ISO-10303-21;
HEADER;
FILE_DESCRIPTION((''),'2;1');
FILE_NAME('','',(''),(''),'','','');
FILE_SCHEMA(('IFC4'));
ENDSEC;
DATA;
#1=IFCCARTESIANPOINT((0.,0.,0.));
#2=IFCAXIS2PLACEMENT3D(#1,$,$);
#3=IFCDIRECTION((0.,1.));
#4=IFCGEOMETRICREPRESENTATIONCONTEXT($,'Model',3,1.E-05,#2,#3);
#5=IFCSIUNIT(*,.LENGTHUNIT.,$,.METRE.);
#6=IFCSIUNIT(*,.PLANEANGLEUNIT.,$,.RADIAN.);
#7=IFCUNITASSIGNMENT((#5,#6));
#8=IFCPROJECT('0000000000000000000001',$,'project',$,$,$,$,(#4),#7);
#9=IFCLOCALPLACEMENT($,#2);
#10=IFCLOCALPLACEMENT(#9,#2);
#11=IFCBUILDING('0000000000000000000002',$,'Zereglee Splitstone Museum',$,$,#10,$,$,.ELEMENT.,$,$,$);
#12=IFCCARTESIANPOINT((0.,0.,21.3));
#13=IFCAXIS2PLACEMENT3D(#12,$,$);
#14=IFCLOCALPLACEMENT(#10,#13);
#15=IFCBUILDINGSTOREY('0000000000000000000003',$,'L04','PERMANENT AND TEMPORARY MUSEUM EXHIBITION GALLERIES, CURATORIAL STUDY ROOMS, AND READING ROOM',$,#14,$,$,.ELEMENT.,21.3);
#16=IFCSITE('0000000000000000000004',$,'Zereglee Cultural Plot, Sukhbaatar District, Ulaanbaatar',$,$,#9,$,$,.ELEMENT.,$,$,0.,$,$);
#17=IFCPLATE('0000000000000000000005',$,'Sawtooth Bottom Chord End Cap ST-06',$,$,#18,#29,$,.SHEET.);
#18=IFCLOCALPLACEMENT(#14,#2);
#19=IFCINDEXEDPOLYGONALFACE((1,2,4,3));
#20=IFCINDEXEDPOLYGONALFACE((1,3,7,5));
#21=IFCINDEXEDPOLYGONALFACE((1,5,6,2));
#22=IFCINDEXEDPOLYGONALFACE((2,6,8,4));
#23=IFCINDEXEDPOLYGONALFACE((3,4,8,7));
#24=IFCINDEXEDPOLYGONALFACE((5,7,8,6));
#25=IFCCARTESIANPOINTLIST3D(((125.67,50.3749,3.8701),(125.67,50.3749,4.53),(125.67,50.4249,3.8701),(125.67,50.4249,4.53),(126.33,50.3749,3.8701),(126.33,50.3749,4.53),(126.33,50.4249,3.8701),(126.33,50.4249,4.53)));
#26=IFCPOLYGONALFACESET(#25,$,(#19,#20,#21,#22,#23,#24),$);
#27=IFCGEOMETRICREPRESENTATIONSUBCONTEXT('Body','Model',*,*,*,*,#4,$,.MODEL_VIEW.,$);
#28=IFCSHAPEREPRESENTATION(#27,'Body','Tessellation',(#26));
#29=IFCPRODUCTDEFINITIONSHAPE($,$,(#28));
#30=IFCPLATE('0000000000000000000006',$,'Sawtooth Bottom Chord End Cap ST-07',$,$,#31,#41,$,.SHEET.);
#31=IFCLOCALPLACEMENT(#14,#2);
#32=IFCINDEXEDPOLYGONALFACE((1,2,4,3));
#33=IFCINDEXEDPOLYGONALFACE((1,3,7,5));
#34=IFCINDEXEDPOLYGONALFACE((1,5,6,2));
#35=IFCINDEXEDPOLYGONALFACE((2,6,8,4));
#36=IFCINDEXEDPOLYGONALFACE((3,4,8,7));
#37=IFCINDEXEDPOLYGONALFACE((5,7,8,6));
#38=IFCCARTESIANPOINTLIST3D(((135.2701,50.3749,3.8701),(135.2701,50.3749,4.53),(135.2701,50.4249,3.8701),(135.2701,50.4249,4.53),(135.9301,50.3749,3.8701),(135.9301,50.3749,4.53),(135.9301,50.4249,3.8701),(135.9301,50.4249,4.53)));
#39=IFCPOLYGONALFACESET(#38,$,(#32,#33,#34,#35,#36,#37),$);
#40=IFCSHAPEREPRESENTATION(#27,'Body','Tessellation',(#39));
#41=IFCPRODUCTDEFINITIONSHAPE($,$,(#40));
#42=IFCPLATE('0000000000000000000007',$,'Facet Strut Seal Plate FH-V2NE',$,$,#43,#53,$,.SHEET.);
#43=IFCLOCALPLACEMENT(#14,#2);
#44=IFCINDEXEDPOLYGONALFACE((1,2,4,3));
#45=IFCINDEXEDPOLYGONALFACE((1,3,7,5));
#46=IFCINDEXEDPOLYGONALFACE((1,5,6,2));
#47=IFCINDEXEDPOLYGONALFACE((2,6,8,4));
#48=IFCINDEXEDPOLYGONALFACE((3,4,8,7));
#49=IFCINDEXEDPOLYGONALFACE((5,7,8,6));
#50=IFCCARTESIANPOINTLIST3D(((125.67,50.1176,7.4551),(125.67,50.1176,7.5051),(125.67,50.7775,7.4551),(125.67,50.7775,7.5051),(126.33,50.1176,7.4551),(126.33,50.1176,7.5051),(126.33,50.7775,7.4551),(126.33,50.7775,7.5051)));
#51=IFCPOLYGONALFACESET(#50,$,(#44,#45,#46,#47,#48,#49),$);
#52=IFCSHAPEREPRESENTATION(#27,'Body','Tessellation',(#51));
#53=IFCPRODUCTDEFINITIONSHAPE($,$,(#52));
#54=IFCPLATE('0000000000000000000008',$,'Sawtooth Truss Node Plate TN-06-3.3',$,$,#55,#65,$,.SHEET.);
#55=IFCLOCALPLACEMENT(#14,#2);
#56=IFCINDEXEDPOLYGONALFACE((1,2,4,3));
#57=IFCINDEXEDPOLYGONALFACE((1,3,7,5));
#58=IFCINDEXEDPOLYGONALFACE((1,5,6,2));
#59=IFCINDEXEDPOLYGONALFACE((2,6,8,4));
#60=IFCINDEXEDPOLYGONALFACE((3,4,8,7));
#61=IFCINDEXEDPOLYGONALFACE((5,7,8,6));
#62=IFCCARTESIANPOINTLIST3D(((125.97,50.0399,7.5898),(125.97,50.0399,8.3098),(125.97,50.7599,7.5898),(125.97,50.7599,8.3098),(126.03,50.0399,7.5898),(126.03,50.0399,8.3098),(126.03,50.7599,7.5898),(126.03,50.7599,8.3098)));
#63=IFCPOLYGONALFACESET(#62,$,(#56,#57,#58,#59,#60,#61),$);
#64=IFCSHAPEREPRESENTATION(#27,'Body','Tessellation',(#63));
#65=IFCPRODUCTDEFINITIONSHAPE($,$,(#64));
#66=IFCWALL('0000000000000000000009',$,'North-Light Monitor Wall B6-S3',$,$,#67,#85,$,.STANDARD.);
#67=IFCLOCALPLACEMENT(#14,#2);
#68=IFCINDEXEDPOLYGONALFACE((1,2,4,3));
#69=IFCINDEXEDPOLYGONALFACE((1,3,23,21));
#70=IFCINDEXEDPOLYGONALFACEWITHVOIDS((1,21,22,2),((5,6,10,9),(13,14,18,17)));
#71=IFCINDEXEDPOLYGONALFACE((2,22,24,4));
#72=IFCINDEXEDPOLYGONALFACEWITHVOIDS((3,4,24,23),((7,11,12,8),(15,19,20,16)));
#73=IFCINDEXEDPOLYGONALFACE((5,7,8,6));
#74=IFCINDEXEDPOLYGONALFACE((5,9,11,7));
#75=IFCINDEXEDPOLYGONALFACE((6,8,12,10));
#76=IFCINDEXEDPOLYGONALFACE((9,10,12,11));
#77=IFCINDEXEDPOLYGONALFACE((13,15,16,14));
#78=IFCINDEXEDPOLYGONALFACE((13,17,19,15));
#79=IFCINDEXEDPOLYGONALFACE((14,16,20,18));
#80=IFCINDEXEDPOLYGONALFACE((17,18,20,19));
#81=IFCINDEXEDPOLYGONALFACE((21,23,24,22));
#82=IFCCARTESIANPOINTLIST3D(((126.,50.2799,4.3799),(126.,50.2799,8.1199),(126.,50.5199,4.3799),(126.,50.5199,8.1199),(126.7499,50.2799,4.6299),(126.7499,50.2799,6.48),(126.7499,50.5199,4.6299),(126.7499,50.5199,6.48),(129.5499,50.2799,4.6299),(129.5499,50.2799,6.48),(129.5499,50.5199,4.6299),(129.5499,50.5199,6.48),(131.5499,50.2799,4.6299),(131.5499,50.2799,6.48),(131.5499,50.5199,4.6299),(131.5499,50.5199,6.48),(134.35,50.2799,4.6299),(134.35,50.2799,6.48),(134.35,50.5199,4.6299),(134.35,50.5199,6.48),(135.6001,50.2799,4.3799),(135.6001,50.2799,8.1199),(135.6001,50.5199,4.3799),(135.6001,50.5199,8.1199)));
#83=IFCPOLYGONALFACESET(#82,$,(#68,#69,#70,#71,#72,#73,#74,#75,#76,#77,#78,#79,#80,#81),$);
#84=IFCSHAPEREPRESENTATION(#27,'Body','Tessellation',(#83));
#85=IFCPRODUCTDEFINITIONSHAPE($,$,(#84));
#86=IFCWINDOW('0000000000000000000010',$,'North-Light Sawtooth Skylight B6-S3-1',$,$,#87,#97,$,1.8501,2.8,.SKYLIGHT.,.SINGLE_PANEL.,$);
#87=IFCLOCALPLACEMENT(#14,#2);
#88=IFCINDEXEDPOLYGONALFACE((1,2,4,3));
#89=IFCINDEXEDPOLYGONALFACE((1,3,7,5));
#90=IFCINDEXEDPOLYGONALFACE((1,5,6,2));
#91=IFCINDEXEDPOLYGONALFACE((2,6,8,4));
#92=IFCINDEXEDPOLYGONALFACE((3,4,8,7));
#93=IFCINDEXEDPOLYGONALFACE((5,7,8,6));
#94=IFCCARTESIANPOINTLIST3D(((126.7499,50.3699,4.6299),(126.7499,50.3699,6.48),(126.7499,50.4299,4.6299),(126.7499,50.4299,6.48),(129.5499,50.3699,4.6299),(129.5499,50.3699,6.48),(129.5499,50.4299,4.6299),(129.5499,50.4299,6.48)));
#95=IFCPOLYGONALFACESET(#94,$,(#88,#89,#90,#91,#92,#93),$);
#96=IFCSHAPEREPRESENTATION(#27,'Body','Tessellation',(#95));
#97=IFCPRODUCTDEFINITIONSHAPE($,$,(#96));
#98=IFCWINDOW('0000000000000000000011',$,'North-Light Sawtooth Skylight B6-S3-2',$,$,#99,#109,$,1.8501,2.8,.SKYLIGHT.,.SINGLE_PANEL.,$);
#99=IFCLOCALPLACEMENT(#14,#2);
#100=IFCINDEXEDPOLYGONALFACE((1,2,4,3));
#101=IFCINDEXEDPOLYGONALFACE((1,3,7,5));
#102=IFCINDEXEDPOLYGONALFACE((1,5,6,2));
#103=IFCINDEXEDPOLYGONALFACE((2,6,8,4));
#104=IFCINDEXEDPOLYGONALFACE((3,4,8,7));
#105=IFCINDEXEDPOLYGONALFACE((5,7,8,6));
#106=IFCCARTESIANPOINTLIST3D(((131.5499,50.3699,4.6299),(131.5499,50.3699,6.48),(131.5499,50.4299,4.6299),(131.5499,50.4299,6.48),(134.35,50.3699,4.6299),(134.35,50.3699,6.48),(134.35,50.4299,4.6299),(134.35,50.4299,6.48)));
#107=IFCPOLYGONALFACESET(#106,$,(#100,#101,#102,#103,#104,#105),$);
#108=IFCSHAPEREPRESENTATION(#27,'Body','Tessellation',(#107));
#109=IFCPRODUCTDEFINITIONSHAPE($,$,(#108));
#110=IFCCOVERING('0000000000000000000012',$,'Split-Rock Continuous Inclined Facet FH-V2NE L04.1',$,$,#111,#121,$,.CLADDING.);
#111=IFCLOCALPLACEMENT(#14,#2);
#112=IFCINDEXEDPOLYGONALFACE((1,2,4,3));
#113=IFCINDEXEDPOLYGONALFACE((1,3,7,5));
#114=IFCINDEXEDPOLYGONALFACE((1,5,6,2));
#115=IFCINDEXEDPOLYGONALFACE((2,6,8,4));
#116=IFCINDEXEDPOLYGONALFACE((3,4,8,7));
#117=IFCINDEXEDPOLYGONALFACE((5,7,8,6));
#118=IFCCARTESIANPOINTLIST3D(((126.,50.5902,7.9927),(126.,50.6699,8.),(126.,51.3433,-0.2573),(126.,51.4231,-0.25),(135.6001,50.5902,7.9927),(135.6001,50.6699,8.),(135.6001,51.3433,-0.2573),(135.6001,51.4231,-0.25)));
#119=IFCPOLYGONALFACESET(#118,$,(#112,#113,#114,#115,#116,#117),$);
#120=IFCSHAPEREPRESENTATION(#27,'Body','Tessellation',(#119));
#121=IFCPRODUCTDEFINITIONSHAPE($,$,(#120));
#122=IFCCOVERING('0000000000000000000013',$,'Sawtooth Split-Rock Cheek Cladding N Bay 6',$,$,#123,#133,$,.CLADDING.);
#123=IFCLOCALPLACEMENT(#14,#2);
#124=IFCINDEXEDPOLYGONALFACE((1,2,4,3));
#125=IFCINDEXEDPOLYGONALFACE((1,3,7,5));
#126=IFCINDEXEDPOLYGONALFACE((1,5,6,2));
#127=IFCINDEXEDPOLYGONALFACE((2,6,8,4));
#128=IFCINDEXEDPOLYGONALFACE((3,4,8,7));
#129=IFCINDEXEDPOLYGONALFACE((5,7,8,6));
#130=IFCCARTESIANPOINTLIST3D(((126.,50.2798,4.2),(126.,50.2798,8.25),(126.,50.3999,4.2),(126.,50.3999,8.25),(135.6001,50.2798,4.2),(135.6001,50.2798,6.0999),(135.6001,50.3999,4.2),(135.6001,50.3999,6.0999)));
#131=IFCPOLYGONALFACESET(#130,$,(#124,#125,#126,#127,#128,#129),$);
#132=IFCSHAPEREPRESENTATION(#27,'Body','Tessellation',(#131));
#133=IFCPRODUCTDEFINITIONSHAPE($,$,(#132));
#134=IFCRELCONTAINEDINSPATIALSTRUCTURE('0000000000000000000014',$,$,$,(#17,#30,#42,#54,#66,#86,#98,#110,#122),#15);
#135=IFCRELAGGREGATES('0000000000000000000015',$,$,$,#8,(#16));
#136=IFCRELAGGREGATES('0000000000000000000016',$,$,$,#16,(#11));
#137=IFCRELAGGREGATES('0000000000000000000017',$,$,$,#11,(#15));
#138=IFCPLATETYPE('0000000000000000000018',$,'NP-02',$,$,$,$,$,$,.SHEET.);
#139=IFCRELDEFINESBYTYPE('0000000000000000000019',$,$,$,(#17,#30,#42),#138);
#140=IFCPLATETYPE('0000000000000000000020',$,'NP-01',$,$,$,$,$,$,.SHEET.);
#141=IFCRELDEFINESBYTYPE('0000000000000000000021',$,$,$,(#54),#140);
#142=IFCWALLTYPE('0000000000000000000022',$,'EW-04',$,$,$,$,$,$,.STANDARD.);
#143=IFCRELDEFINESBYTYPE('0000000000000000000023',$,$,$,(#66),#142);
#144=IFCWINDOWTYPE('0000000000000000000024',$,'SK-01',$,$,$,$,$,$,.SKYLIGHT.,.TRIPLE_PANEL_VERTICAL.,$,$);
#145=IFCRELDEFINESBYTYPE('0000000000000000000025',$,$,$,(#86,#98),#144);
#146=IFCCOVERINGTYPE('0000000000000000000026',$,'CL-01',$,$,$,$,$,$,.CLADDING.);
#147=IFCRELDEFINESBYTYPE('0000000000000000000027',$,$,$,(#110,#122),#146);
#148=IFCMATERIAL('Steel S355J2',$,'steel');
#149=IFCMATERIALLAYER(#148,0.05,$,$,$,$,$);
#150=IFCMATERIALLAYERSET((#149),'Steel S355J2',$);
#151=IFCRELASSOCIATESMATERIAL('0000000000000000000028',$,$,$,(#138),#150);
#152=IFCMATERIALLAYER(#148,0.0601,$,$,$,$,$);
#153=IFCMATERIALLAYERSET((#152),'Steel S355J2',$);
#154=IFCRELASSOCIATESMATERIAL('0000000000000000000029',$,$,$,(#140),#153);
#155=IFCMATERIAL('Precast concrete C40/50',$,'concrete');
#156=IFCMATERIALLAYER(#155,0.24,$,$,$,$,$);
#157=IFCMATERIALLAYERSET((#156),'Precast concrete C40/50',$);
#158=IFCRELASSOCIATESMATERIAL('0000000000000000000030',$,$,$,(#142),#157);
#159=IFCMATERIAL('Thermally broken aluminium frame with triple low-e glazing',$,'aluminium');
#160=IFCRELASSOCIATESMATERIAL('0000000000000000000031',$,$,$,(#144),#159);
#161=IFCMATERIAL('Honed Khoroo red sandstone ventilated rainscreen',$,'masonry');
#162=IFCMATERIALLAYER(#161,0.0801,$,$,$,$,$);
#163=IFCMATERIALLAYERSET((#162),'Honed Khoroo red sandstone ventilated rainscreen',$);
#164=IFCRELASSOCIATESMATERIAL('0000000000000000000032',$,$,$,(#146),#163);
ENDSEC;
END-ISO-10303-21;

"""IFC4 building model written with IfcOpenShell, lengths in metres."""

from ifc_helpers import new_model, si_unit, direction, frame, frame_2d, origin, origin_2d, place, context, subcontext, project, spatial, polyline, rectangle, outline, extrude, material, layer, layer_set, type_object, element, fill, save


model = new_model("IFC4")

# Units and contexts
model_context = context("Model", 3, precision=1e-05, world=origin(), true_north=direction((0.0, 1.0)))
body_context = subcontext(model_context, "Body", "Model", "MODEL_VIEW")
ifc_project = project(units=[si_unit("LENGTHUNIT", "METRE"), si_unit("PLANEANGLEUNIT", "RADIAN")], contexts=[model_context])

# Site, building, storey
site_placement = place(None, origin())
site = spatial("IfcSite", under=ifc_project, at=site_placement, Name="Zereglee Cultural Plot, Sukhbaatar District, Ulaanbaatar", CompositionType="ELEMENT", RefElevation=0.0)
building_placement = place(site_placement, origin())
building = spatial("IfcBuilding", under=site, at=building_placement, Name="Zereglee Splitstone Museum", CompositionType="ELEMENT")
storey_placement = place(building_placement, frame((0.0, 0.0, 21.3)))
storey = spatial("IfcBuildingStorey", under=building, at=storey_placement, Name="L04", Description="PERMANENT AND TEMPORARY MUSEUM EXHIBITION GALLERIES, CURATORIAL STUDY ROOMS, AND READING ROOM", CompositionType="ELEMENT", Elevation=21.3)

# Shared definitions
ifc_material_1 = material(Name="Steel S355J2", Category="steel")

# Plates
ifc_layer_1 = layer(ifc_material_1, 0.05)
ifc_layer_set_1 = layer_set([ifc_layer_1], Name="Steel S355J2")
plate_type_1 = type_object("IfcPlateType", Name="NP-02", PredefinedType="SHEET", material=ifc_layer_set_1)
for number, where, z_axis, x_axis, name in (
    (1, (126.0, 50.3999, 3.8701), (0.0, 0.0, 1.0), (1.0, 0.0, 0.0), "Sawtooth Bottom Chord End Cap ST-06"),
    (2, (135.6001, 50.3999, 3.8701), (0.0, 0.0, 1.0), (1.0, 0.0, 0.0), "Sawtooth Bottom Chord End Cap ST-07"),
):
    element("IfcPlate", number, at=place(storey_placement, frame(where, z_axis=z_axis, x_axis=x_axis)), inside=storey, type_object=plate_type_1, Name=name, PredefinedType="SHEET", context=body_context, shape_type="SweptSolid", body=[
        extrude(rectangle(XDim=0.6599, YDim=0.05, at=origin_2d()), origin(), (0.0, 0.0, 1.0), 0.6599),
    ])
plate_1_placement = place(storey_placement, frame((126.0, 50.4475, 7.4551), z_axis=(0.0, 0.0, 1.0), x_axis=(1.0, 0.0, 0.0)))
element("IfcPlate", 3, at=plate_1_placement, inside=storey, type_object=plate_type_1, Name="Facet Strut Seal Plate FH-V2NE", PredefinedType="SHEET", context=body_context, shape_type="SweptSolid", body=[
    extrude(rectangle(XDim=0.6599, YDim=0.6599, at=origin_2d()), origin(), (0.0, 0.0, 1.0), 0.05),
])
ifc_layer_2 = layer(ifc_material_1, 0.0601)
ifc_layer_set_2 = layer_set([ifc_layer_2], Name="Steel S355J2")
plate_type_2 = type_object("IfcPlateType", Name="NP-01", PredefinedType="SHEET", material=ifc_layer_set_2)
plate_2_placement = place(storey_placement, frame((126.0, 50.3999, 7.5898), z_axis=(0.0, 0.0, 1.0), x_axis=(1.0, 0.0, 0.0)))
element("IfcPlate", 4, at=plate_2_placement, inside=storey, type_object=plate_type_2, Name="Sawtooth Truss Node Plate TN-06-3.3", PredefinedType="SHEET", context=body_context, shape_type="SweptSolid", body=[
    extrude(rectangle(XDim=0.0601, YDim=0.72, at=origin_2d()), origin(), (0.0, 0.0, 1.0), 0.72),
])

# Wall, openings, windows
ifc_material_2 = material(Name="Precast concrete C40/50", Category="concrete")
ifc_layer_3 = layer(ifc_material_2, 0.24)
ifc_layer_set_3 = layer_set([ifc_layer_3], Name="Precast concrete C40/50")
wall_type = type_object("IfcWallType", Name="EW-04", PredefinedType="STANDARD", material=ifc_layer_set_3)
wall_placement = place(storey_placement, frame((126.0, 50.3999, 4.3799), z_axis=(0.0, 0.0, 1.0), x_axis=(1.0, 0.0, 0.0)))
wall = element("IfcWall", 5, at=wall_placement, inside=storey, type_object=wall_type, Name="North-Light Monitor Wall B6-S3", PredefinedType="STANDARD", context=body_context, shape_type="SweptSolid", body=[
    extrude(rectangle(XDim=9.6001, YDim=0.24, at=frame_2d((4.8, 0.0))), origin(), (0.0, 0.0, 1.0), 3.74),
])
opening_1_placement = place(wall_placement, frame((0.75, 0.0, 0.25)))
opening_1 = element("IfcOpeningElement", 6, at=opening_1_placement, cuts=wall, PredefinedType="OPENING", context=body_context, shape_type="SweptSolid", body=[
    extrude(rectangle(XDim=2.8, YDim=1.8501, at=frame_2d((1.3999, 0.925))), frame((0.0, 0.1348, 0.0), z_axis=(0.0, -1.0, 0.0), x_axis=(1.0, 0.0, 0.0)), (0.0, 0.0, 1.0), 0.2698),
])
opening_2_placement = place(wall_placement, frame((5.55, 0.0, 0.25)))
opening_2 = element("IfcOpeningElement", 7, at=opening_2_placement, cuts=wall, PredefinedType="OPENING", context=body_context, shape_type="SweptSolid", body=[
    extrude(rectangle(XDim=2.8, YDim=1.8501, at=frame_2d((1.3999, 0.925))), frame((0.0, 0.1348, 0.0), z_axis=(0.0, -1.0, 0.0), x_axis=(1.0, 0.0, 0.0)), (0.0, 0.0, 1.0), 0.2698),
])
ifc_material_3 = material(Name="Thermally broken aluminium frame with triple low-e glazing", Category="aluminium")
window_type = type_object("IfcWindowType", Name="SK-01", PartitioningType="TRIPLE_PANEL_VERTICAL", PredefinedType="SKYLIGHT", material=ifc_material_3)
window_1_placement = place(opening_1_placement, origin())
window_1 = element("IfcWindow", 8, at=window_1_placement, inside=storey, type_object=window_type, Name="North-Light Sawtooth Skylight B6-S3-1", OverallHeight=1.8501, OverallWidth=2.8, PartitioningType="SINGLE_PANEL", PredefinedType="SKYLIGHT", context=body_context, shape_type="SweptSolid", body=[
    extrude(rectangle(XDim=2.8, YDim=1.8501, at=frame_2d((1.3999, 0.925))), frame((0.0, 0.03, 0.0), z_axis=(0.0, -1.0, 0.0), x_axis=(1.0, 0.0, 0.0)), (0.0, 0.0, 1.0), 0.0601),
])
fill(opening_1, window_1)
window_2_placement = place(opening_2_placement, origin())
window_2 = element("IfcWindow", 9, at=window_2_placement, inside=storey, type_object=window_type, Name="North-Light Sawtooth Skylight B6-S3-2", OverallHeight=1.8501, OverallWidth=2.8, PartitioningType="SINGLE_PANEL", PredefinedType="SKYLIGHT", context=body_context, shape_type="SweptSolid", body=[
    extrude(rectangle(XDim=2.8, YDim=1.8501, at=frame_2d((1.3999, 0.925))), frame((0.0, 0.03, 0.0), z_axis=(0.0, -1.0, 0.0), x_axis=(1.0, 0.0, 0.0)), (0.0, 0.0, 1.0), 0.0601),
])
fill(opening_2, window_2)

# Coverings
ifc_material_4 = material(Name="Honed Khoroo red sandstone ventilated rainscreen", Category="masonry")
ifc_layer_4 = layer(ifc_material_4, 0.0801)
ifc_layer_set_4 = layer_set([ifc_layer_4], Name="Honed Khoroo red sandstone ventilated rainscreen")
covering_type = type_object("IfcCoveringType", Name="CL-01", PredefinedType="CLADDING", material=ifc_layer_set_4)
covering_1_placement = place(storey_placement, frame((126.0, 50.6699, 8.0), z_axis=(0.0, 0.995859, 0.090916), x_axis=(1.0, 0.0, 0.0)))
element("IfcCovering", 10, at=covering_1_placement, inside=storey, type_object=covering_type, Name="Split-Rock Continuous Inclined Facet FH-V2NE L04.1", PredefinedType="CLADDING", context=body_context, shape_type="SweptSolid", body=[
    extrude(outline(polyline([(0.0, 0.0), (9.6001, 0.0), (9.6001, 8.2843), (0.0, 8.2843), (0.0, 0.0)])), origin(), (0.0, 0.0, -1.0), 0.0801),
])
covering_2_placement = place(storey_placement, frame((126.0, 50.3999, 8.25), z_axis=(0.0, 1.0, 0.0), x_axis=(0.975824, 0.0, -0.218557)))
element("IfcCovering", 11, at=covering_2_placement, inside=storey, type_object=covering_type, Name="Sawtooth Split-Rock Cheek Cladding N Bay 6", PredefinedType="CLADDING", context=body_context, shape_type="SweptSolid", body=[
    extrude(outline(polyline([(0.0, 0.0), (9.8379, 0.0), (10.2532, 1.854), (0.8852, 3.9521), (0.0, 0.0)])), origin(), (0.0, 0.0, -1.0), 0.1201),
])

save(model, "model.ifc")
